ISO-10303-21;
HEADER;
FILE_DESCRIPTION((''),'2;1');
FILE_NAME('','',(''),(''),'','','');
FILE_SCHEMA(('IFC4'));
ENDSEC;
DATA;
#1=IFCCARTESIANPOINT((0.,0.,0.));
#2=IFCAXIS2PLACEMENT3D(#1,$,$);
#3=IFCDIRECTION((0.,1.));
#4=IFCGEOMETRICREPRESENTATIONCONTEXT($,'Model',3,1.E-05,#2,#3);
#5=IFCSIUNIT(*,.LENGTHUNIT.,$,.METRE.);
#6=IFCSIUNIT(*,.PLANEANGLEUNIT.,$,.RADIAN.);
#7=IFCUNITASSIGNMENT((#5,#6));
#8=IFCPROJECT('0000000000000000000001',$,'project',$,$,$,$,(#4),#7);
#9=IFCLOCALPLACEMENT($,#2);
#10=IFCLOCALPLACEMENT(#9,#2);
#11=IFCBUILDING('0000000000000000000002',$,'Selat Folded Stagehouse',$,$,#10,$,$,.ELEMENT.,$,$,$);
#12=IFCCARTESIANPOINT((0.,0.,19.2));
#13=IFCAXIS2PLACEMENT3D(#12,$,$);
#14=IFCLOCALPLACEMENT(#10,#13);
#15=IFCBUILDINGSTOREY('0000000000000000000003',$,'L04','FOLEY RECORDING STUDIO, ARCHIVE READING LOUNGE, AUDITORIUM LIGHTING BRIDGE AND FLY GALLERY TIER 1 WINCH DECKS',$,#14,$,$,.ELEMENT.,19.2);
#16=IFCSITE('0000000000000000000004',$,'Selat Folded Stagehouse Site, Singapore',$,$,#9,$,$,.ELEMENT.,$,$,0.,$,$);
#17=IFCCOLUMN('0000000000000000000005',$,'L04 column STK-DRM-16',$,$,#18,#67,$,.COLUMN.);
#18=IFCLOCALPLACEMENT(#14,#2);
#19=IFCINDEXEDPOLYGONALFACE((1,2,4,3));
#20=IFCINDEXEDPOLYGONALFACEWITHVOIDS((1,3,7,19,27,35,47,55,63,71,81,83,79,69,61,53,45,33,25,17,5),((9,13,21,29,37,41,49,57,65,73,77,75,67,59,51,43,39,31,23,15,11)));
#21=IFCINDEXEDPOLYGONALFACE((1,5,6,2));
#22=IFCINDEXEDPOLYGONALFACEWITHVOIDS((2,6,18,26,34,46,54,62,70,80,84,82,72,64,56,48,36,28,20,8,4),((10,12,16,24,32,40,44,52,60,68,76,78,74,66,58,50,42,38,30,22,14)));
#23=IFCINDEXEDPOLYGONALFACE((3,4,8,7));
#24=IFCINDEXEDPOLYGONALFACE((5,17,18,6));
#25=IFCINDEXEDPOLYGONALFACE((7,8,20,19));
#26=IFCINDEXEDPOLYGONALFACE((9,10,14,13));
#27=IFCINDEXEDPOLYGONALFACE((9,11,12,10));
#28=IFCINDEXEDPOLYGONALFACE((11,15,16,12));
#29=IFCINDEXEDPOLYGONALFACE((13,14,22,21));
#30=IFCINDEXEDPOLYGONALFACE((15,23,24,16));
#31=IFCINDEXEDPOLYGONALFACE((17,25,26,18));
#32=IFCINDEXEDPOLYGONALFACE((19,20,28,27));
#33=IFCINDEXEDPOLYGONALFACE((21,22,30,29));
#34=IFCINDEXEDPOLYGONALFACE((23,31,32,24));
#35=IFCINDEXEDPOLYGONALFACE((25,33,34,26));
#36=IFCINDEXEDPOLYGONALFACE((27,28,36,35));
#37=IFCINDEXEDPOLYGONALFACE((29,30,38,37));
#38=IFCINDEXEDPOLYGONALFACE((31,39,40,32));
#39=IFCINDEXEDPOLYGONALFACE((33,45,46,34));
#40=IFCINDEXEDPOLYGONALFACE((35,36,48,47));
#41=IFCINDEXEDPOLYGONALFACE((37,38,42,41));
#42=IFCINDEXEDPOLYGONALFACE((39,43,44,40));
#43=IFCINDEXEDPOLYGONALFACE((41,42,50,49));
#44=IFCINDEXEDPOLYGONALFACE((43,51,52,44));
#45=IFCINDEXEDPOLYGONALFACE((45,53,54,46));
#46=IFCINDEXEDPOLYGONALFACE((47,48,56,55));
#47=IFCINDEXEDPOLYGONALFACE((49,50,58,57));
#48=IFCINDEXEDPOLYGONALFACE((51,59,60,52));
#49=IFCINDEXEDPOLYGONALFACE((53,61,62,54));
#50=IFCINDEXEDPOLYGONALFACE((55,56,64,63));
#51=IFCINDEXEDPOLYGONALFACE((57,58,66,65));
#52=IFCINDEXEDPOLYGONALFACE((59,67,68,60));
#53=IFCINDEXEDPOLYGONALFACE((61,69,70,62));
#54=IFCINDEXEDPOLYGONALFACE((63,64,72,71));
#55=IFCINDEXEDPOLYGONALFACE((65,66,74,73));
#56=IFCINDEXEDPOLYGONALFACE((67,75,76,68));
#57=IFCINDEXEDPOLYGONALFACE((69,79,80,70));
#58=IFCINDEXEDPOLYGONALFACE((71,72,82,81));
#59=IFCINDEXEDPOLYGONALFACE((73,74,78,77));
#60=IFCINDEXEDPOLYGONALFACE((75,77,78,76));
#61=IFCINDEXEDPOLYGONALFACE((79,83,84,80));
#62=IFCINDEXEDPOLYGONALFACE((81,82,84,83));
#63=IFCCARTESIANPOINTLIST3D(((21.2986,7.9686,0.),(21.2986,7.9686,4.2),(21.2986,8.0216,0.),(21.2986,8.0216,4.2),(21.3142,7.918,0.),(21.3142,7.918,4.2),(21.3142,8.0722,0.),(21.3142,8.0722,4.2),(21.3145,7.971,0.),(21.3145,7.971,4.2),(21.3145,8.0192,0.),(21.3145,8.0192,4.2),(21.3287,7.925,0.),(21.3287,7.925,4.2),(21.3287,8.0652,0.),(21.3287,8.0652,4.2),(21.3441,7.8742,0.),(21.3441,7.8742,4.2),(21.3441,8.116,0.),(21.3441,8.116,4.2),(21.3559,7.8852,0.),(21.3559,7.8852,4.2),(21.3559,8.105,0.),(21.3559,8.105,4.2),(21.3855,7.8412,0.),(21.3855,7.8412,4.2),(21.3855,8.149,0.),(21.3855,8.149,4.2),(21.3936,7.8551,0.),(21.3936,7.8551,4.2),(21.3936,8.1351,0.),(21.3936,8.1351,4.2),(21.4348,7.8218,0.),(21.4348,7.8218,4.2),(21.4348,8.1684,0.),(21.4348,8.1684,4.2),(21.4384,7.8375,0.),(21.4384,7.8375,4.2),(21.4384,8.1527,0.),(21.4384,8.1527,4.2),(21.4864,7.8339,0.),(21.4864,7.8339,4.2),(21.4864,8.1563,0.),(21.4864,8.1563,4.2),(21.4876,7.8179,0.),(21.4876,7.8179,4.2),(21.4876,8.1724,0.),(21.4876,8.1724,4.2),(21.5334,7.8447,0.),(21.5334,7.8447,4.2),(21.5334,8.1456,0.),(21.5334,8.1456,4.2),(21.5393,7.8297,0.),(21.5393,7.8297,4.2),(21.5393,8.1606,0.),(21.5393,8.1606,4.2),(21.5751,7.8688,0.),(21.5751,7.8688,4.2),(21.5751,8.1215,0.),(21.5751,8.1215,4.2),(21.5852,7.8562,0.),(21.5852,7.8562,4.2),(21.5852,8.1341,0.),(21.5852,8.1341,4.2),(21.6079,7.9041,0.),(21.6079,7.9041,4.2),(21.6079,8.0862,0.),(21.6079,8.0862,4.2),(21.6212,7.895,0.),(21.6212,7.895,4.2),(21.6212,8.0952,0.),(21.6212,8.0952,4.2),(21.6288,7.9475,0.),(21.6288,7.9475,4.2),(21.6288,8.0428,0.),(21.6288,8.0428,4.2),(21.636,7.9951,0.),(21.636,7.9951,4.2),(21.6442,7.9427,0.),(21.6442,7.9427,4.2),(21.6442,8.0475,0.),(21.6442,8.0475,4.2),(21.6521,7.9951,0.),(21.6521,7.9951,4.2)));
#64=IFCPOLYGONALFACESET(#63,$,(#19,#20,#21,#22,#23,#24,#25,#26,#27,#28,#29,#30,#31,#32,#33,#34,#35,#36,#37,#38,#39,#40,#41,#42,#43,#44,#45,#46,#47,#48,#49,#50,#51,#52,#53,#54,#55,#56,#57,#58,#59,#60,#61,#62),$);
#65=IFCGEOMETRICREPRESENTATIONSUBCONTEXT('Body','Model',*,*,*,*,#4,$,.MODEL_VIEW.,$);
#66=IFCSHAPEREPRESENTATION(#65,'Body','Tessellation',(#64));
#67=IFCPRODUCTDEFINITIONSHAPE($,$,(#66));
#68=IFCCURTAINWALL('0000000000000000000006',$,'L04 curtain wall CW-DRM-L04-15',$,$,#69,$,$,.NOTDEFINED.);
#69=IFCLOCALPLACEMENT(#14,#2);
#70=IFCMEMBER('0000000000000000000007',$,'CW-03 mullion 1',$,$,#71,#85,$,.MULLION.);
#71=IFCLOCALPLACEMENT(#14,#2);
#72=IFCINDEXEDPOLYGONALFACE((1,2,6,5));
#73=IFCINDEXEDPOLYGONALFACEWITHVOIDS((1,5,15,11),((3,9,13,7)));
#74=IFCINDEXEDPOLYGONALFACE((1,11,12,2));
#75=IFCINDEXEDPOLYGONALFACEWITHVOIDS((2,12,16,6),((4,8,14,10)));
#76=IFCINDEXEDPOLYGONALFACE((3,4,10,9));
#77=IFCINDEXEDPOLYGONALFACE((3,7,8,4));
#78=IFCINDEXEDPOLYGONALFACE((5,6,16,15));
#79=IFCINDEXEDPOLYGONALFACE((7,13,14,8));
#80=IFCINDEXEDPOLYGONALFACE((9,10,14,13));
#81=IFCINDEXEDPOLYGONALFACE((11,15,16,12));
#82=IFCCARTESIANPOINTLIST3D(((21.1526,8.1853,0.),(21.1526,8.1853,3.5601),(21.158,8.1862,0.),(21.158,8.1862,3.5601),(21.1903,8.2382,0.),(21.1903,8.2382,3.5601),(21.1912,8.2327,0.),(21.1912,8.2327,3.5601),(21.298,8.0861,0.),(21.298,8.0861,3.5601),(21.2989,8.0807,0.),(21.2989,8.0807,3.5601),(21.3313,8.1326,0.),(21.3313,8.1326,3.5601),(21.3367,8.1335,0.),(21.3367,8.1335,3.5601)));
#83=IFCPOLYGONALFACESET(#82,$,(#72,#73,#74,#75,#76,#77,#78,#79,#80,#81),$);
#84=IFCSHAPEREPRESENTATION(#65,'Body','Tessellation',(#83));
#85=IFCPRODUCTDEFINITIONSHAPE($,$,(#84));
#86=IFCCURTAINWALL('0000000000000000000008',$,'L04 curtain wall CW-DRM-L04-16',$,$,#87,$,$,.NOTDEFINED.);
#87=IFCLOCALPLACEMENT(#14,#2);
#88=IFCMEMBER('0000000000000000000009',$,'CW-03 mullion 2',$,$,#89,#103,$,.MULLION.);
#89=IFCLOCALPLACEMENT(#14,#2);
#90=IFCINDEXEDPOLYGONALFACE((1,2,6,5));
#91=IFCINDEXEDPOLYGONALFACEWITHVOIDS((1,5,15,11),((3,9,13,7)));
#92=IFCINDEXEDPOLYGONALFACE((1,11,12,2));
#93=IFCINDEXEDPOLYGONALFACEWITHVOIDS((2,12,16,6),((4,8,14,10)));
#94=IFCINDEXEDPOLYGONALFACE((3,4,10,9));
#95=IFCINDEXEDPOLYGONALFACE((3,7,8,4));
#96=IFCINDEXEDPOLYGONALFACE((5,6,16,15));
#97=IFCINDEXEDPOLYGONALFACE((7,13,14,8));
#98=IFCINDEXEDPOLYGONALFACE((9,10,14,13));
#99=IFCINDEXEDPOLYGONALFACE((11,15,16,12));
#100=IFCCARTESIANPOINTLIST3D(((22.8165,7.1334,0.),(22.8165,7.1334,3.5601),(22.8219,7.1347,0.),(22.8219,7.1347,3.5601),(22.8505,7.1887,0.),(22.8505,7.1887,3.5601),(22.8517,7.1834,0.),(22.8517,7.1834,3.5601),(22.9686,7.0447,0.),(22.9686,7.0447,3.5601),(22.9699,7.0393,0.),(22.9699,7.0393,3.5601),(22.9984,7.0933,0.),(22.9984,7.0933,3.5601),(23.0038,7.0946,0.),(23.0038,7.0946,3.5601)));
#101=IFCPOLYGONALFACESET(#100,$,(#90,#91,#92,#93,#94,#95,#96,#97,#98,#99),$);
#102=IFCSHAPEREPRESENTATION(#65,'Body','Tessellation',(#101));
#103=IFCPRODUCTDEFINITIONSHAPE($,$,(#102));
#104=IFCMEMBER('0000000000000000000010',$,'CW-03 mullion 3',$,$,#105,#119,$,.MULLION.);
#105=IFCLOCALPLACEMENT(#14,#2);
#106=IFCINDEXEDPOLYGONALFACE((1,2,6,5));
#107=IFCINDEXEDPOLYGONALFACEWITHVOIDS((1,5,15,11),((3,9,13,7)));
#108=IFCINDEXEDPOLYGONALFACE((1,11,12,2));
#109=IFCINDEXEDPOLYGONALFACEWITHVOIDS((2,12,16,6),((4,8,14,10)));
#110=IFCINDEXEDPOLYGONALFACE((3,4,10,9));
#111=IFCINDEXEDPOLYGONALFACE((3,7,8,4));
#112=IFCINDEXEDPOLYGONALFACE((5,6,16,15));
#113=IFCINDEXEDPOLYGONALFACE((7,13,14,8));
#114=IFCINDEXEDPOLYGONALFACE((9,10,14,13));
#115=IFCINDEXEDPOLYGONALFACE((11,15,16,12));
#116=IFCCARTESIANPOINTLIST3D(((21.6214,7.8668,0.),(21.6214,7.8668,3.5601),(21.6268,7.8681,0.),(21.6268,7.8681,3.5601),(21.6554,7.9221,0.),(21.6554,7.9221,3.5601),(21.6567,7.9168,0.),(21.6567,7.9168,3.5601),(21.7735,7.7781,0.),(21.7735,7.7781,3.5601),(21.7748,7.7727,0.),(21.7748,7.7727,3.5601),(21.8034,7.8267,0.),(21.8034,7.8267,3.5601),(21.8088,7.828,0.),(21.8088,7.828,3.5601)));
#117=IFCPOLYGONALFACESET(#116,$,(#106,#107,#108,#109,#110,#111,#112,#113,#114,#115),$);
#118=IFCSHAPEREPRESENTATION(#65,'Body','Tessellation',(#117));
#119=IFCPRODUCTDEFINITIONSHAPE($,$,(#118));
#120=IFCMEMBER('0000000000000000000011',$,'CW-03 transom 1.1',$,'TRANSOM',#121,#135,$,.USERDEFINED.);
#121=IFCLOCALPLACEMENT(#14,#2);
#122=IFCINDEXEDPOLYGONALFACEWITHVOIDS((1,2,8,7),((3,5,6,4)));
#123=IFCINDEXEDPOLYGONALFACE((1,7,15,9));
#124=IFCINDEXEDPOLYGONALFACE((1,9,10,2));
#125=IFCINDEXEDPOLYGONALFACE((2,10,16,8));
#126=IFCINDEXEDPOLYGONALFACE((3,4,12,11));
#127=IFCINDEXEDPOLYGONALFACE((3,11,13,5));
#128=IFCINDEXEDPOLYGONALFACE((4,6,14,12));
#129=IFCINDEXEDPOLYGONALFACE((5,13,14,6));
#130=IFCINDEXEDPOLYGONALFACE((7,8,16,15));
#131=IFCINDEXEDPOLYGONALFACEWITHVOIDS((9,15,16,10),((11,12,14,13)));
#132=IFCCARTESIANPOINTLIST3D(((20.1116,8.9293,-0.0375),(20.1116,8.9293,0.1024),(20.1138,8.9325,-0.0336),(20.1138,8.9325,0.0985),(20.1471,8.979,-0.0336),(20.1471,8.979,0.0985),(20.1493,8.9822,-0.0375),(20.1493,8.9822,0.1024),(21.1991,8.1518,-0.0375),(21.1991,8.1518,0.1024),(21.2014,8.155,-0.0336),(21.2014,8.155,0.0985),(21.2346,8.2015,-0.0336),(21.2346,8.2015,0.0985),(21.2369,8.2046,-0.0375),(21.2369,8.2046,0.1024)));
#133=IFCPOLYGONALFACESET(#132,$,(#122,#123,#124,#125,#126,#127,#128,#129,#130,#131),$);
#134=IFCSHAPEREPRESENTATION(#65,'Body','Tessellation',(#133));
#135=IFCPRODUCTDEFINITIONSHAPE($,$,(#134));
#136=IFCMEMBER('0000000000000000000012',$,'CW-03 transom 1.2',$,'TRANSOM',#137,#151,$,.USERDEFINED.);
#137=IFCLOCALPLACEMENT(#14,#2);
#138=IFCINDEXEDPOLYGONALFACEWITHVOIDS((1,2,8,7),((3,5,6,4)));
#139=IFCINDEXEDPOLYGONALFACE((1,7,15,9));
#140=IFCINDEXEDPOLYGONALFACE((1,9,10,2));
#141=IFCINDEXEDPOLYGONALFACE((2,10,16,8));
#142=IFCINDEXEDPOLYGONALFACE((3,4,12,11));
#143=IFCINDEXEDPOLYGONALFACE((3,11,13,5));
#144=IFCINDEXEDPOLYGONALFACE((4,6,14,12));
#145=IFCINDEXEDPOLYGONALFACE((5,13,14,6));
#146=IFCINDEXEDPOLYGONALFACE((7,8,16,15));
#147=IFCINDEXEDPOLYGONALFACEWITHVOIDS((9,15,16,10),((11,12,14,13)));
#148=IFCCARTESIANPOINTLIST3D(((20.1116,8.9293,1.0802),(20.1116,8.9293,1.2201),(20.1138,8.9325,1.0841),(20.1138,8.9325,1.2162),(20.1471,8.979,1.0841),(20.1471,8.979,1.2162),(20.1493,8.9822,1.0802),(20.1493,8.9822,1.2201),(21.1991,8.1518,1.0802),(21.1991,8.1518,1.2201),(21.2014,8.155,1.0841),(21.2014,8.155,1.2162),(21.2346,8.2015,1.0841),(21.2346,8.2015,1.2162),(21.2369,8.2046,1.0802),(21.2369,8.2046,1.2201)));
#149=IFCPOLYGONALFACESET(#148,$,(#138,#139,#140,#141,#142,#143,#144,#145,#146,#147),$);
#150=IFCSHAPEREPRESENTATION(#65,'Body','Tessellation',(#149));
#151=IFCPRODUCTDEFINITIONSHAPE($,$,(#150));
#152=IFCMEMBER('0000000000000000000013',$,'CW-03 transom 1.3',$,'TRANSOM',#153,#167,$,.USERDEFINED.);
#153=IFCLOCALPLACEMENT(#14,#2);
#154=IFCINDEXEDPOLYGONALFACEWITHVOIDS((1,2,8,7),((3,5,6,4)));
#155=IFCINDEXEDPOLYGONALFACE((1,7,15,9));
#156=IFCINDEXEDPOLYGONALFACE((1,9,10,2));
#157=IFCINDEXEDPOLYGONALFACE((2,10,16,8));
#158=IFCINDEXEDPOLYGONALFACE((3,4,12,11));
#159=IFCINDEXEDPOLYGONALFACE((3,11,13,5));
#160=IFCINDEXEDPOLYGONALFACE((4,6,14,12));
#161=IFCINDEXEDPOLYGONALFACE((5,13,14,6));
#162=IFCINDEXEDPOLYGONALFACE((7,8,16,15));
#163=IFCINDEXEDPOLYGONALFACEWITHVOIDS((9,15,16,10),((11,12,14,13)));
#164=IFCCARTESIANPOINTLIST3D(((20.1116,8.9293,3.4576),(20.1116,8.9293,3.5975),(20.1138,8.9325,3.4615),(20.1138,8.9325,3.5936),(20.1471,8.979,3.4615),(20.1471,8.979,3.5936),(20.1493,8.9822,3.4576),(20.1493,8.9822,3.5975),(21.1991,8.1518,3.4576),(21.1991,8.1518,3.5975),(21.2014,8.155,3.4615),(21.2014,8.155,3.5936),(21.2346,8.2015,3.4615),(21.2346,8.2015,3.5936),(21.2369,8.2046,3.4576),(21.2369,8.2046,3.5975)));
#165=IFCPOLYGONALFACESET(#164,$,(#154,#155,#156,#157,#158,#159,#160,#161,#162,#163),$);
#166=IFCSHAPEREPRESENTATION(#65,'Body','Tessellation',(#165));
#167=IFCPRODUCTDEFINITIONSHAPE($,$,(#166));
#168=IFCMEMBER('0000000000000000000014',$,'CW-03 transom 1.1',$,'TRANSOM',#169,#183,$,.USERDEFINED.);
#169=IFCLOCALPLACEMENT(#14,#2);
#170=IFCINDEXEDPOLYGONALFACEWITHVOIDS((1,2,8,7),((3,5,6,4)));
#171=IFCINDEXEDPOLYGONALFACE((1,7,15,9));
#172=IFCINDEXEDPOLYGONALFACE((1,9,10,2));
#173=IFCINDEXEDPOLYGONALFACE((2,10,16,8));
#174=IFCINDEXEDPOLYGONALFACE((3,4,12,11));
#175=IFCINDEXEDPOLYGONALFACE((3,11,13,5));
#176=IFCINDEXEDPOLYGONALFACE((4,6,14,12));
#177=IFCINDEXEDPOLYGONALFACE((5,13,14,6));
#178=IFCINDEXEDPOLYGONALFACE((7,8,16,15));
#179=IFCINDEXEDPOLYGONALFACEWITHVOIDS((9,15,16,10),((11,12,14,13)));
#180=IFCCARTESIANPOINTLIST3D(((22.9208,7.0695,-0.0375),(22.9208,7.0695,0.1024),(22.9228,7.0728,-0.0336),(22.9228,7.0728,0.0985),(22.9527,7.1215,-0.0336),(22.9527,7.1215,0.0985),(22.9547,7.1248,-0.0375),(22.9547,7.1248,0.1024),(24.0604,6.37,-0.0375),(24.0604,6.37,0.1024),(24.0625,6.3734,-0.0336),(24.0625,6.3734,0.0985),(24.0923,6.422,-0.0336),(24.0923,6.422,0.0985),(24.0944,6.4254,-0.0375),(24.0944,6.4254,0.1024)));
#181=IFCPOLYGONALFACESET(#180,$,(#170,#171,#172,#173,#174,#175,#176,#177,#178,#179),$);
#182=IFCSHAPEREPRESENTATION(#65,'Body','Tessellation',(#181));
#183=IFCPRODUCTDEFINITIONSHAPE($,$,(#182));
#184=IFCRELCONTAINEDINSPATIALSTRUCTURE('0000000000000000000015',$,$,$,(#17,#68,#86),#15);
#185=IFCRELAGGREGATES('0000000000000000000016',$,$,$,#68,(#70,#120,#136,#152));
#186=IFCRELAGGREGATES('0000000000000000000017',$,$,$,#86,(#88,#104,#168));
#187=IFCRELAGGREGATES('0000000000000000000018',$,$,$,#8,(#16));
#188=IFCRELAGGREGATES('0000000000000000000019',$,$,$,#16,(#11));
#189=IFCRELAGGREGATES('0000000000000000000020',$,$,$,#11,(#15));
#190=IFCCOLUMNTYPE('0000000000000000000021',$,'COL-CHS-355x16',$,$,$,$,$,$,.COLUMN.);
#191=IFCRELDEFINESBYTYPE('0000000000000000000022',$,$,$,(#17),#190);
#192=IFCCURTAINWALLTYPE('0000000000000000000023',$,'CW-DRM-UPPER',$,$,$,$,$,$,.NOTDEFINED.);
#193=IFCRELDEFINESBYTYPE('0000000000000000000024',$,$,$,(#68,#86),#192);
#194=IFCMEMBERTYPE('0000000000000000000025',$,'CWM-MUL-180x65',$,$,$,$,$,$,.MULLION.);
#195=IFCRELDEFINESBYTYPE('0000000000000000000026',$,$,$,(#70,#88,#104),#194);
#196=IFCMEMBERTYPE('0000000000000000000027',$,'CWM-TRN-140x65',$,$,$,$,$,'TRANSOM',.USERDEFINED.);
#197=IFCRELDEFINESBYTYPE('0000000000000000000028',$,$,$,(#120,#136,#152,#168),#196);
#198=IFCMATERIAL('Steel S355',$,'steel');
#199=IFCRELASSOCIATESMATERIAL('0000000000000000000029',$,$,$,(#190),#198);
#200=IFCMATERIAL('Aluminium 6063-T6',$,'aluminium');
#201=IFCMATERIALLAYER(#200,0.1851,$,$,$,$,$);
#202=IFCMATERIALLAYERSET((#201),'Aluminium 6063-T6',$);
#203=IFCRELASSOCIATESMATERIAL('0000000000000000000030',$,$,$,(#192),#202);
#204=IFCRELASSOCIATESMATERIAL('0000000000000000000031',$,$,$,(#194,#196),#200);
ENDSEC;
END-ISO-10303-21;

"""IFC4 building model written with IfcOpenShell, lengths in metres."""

from ifc_helpers import new_model, si_unit, direction, frame, origin, origin_2d, place, context, subcontext, project, spatial, hollow_rectangle, hollow_circle, extrude, material, layer, layer_set, material_profile, profile_set, type_object, element, aggregate, save


model = new_model("IFC4")

# Units and contexts
model_context = context("Model", 3, precision=1e-05, world=origin(), true_north=direction((0.0, 1.0)))
body_context = subcontext(model_context, "Body", "Model", "MODEL_VIEW")
ifc_project = project(units=[si_unit("LENGTHUNIT", "METRE"), si_unit("PLANEANGLEUNIT", "RADIAN")], contexts=[model_context])

# Site, building, storey
site_placement = place(None, origin())
site = spatial("IfcSite", under=ifc_project, at=site_placement, Name="Selat Folded Stagehouse Site, Singapore", CompositionType="ELEMENT", RefElevation=0.0)
building_placement = place(site_placement, origin())
building = spatial("IfcBuilding", under=site, at=building_placement, Name="Selat Folded Stagehouse", CompositionType="ELEMENT")
storey_placement = place(building_placement, frame((0.0, 0.0, 19.2)))
storey = spatial("IfcBuildingStorey", under=building, at=storey_placement, Name="L04", Description="FOLEY RECORDING STUDIO, ARCHIVE READING LOUNGE, AUDITORIUM LIGHTING BRIDGE AND FLY GALLERY TIER 1 WINCH DECKS", CompositionType="ELEMENT", Elevation=19.2)

# Column
ifc_material_1 = material(Name="Steel S355", Category="steel")
ifc_material_profile_1 = material_profile(ifc_material_1, hollow_circle(Radius=0.1777, WallThickness=0.0161, at=origin_2d()), Name="CHS 355.6x16.0")
ifc_profile_set_1 = profile_set([ifc_material_profile_1], Name="Steel S355")
column_type = type_object("IfcColumnType", Name="COL-CHS-355x16", PredefinedType="COLUMN", material=ifc_profile_set_1)
column_placement = place(storey_placement, frame((21.4744, 7.9951, 0.0), z_axis=(0.0, 0.0, 1.0), x_axis=(1.0, 0.0, 0.0)))
element("IfcColumn", 1, at=column_placement, inside=storey, type_object=column_type, Name="L04 column STK-DRM-16", PredefinedType="COLUMN", context=body_context, shape_type="SweptSolid", body=[
    extrude(hollow_circle(Radius=0.1777, WallThickness=0.0161, at=origin_2d()), origin(), (0.0, 0.0, 1.0), 4.2),
])

# Curtain wall, member
ifc_material_2 = material(Name="Aluminium 6063-T6", Category="aluminium")
ifc_layer_1 = layer(ifc_material_2, 0.1851)
ifc_layer_set_1 = layer_set([ifc_layer_1], Name="Aluminium 6063-T6")
curtain_wall_type = type_object("IfcCurtainWallType", Name="CW-DRM-UPPER", PredefinedType="NOTDEFINED", material=ifc_layer_set_1)
curtain_wall_1_placement = place(storey_placement, origin())
curtain_wall_1 = element("IfcCurtainWall", 2, at=curtain_wall_1_placement, inside=storey, type_object=curtain_wall_type, Name="L04 curtain wall CW-DRM-L04-15", PredefinedType="NOTDEFINED")
ifc_material_profile_2 = material_profile(ifc_material_2, hollow_rectangle(XDim=0.0649, YDim=0.1799, WallThickness=0.0039, at=origin_2d()), Name="ALU 180x65x4.0")
ifc_profile_set_2 = profile_set([ifc_material_profile_2], Name="Aluminium 6063-T6")
member_type_1 = type_object("IfcMemberType", Name="CWM-MUL-180x65", PredefinedType="MULLION", material=ifc_profile_set_2)
member_1_placement = place(storey_placement, frame((21.2446, 8.1594, 0.0), z_axis=(0.0, 0.0, 1.0), x_axis=(-0.581528, -0.813526, 0.0)))
member_1 = element("IfcMember", 3, at=member_1_placement, type_object=member_type_1, Name="CW-03 mullion 1", PredefinedType="MULLION", context=body_context, shape_type="SweptSolid", body=[
    extrude(hollow_rectangle(XDim=0.0649, YDim=0.1799, WallThickness=0.0039, at=origin_2d()), origin(), (0.0, 0.0, 1.0), 3.5601),
])

# Curtain wall, members
curtain_wall_2_placement = place(storey_placement, origin())
curtain_wall_2 = element("IfcCurtainWall", 4, at=curtain_wall_2_placement, inside=storey, type_object=curtain_wall_type, Name="L04 curtain wall CW-DRM-L04-16", PredefinedType="NOTDEFINED")
member_2_placement = place(storey_placement, frame((22.9102, 7.114, 0.0), z_axis=(0.0, 0.0, 1.0), x_axis=(-0.523025, -0.852317, 0.0)))
member_2 = element("IfcMember", 5, at=member_2_placement, type_object=member_type_1, Name="CW-03 mullion 2", PredefinedType="MULLION", context=body_context, shape_type="SweptSolid", body=[
    extrude(hollow_rectangle(XDim=0.0649, YDim=0.1799, WallThickness=0.0039, at=origin_2d()), origin(), (0.0, 0.0, 1.0), 3.5601),
])
member_3_placement = place(storey_placement, frame((21.7151, 7.8474, 0.0), z_axis=(0.0, 0.0, 1.0), x_axis=(-0.523025, -0.852317, 0.0)))
member_3 = element("IfcMember", 6, at=member_3_placement, type_object=member_type_1, Name="CW-03 mullion 3", PredefinedType="MULLION", context=body_context, shape_type="SweptSolid", body=[
    extrude(hollow_rectangle(XDim=0.0649, YDim=0.1799, WallThickness=0.0039, at=origin_2d()), origin(), (0.0, 0.0, 1.0), 3.5601),
])

# Members
ifc_material_profile_3 = material_profile(ifc_material_2, hollow_rectangle(XDim=0.0649, YDim=0.1399, WallThickness=0.0039, at=origin_2d()), Name="ALU 140x65x4.0")
ifc_profile_set_3 = profile_set([ifc_material_profile_3], Name="Aluminium 6063-T6")
member_type_2 = type_object("IfcMemberType", Name="CWM-TRN-140x65", ElementType="TRANSOM", PredefinedType="USERDEFINED", material=ifc_profile_set_3)
member_4_placement = place(storey_placement, frame((21.218, 8.1782, 0.0325), z_axis=(-0.813487, 0.581584, 0.0), x_axis=(-0.581584, -0.813487, 0.0)))
member_4 = element("IfcMember", 7, at=member_4_placement, type_object=member_type_2, Name="CW-03 transom 1.1", ObjectType="TRANSOM", PredefinedType="USERDEFINED", context=body_context, shape_type="SweptSolid", body=[
    extrude(hollow_rectangle(XDim=0.0649, YDim=0.1399, WallThickness=0.0039, at=origin_2d()), origin(), (0.0, 0.0, 1.0), 1.3369),
])
member_5_placement = place(storey_placement, frame((21.218, 8.1782, 1.1501), z_axis=(-0.813487, 0.581584, 0.0), x_axis=(-0.581584, -0.813487, 0.0)))
member_5 = element("IfcMember", 8, at=member_5_placement, type_object=member_type_2, Name="CW-03 transom 1.2", ObjectType="TRANSOM", PredefinedType="USERDEFINED", context=body_context, shape_type="SweptSolid", body=[
    extrude(hollow_rectangle(XDim=0.0649, YDim=0.1399, WallThickness=0.0039, at=origin_2d()), origin(), (0.0, 0.0, 1.0), 1.3369),
])
member_6_placement = place(storey_placement, frame((21.218, 8.1782, 3.5276), z_axis=(-0.813487, 0.581584, 0.0), x_axis=(-0.581584, -0.813487, 0.0)))
member_6 = element("IfcMember", 9, at=member_6_placement, type_object=member_type_2, Name="CW-03 transom 1.3", ObjectType="TRANSOM", PredefinedType="USERDEFINED", context=body_context, shape_type="SweptSolid", body=[
    extrude(hollow_rectangle(XDim=0.0649, YDim=0.1399, WallThickness=0.0039, at=origin_2d()), origin(), (0.0, 0.0, 1.0), 1.3369),
])
member_7_placement = place(storey_placement, frame((24.0774, 6.3977, 0.0325), z_axis=(-0.852278, 0.523089, 0.0), x_axis=(-0.523089, -0.852278, 0.0)))
member_7 = element("IfcMember", 10, at=member_7_placement, type_object=member_type_2, Name="CW-03 transom 1.1", ObjectType="TRANSOM", PredefinedType="USERDEFINED", context=body_context, shape_type="SweptSolid", body=[
    extrude(hollow_rectangle(XDim=0.0649, YDim=0.1399, WallThickness=0.0039, at=origin_2d()), origin(), (0.0, 0.0, 1.0), 1.3372),
])

aggregate(curtain_wall_1, [member_1, member_4, member_5, member_6])
aggregate(curtain_wall_2, [member_2, member_3, member_7])

save(model, "model.ifc")
